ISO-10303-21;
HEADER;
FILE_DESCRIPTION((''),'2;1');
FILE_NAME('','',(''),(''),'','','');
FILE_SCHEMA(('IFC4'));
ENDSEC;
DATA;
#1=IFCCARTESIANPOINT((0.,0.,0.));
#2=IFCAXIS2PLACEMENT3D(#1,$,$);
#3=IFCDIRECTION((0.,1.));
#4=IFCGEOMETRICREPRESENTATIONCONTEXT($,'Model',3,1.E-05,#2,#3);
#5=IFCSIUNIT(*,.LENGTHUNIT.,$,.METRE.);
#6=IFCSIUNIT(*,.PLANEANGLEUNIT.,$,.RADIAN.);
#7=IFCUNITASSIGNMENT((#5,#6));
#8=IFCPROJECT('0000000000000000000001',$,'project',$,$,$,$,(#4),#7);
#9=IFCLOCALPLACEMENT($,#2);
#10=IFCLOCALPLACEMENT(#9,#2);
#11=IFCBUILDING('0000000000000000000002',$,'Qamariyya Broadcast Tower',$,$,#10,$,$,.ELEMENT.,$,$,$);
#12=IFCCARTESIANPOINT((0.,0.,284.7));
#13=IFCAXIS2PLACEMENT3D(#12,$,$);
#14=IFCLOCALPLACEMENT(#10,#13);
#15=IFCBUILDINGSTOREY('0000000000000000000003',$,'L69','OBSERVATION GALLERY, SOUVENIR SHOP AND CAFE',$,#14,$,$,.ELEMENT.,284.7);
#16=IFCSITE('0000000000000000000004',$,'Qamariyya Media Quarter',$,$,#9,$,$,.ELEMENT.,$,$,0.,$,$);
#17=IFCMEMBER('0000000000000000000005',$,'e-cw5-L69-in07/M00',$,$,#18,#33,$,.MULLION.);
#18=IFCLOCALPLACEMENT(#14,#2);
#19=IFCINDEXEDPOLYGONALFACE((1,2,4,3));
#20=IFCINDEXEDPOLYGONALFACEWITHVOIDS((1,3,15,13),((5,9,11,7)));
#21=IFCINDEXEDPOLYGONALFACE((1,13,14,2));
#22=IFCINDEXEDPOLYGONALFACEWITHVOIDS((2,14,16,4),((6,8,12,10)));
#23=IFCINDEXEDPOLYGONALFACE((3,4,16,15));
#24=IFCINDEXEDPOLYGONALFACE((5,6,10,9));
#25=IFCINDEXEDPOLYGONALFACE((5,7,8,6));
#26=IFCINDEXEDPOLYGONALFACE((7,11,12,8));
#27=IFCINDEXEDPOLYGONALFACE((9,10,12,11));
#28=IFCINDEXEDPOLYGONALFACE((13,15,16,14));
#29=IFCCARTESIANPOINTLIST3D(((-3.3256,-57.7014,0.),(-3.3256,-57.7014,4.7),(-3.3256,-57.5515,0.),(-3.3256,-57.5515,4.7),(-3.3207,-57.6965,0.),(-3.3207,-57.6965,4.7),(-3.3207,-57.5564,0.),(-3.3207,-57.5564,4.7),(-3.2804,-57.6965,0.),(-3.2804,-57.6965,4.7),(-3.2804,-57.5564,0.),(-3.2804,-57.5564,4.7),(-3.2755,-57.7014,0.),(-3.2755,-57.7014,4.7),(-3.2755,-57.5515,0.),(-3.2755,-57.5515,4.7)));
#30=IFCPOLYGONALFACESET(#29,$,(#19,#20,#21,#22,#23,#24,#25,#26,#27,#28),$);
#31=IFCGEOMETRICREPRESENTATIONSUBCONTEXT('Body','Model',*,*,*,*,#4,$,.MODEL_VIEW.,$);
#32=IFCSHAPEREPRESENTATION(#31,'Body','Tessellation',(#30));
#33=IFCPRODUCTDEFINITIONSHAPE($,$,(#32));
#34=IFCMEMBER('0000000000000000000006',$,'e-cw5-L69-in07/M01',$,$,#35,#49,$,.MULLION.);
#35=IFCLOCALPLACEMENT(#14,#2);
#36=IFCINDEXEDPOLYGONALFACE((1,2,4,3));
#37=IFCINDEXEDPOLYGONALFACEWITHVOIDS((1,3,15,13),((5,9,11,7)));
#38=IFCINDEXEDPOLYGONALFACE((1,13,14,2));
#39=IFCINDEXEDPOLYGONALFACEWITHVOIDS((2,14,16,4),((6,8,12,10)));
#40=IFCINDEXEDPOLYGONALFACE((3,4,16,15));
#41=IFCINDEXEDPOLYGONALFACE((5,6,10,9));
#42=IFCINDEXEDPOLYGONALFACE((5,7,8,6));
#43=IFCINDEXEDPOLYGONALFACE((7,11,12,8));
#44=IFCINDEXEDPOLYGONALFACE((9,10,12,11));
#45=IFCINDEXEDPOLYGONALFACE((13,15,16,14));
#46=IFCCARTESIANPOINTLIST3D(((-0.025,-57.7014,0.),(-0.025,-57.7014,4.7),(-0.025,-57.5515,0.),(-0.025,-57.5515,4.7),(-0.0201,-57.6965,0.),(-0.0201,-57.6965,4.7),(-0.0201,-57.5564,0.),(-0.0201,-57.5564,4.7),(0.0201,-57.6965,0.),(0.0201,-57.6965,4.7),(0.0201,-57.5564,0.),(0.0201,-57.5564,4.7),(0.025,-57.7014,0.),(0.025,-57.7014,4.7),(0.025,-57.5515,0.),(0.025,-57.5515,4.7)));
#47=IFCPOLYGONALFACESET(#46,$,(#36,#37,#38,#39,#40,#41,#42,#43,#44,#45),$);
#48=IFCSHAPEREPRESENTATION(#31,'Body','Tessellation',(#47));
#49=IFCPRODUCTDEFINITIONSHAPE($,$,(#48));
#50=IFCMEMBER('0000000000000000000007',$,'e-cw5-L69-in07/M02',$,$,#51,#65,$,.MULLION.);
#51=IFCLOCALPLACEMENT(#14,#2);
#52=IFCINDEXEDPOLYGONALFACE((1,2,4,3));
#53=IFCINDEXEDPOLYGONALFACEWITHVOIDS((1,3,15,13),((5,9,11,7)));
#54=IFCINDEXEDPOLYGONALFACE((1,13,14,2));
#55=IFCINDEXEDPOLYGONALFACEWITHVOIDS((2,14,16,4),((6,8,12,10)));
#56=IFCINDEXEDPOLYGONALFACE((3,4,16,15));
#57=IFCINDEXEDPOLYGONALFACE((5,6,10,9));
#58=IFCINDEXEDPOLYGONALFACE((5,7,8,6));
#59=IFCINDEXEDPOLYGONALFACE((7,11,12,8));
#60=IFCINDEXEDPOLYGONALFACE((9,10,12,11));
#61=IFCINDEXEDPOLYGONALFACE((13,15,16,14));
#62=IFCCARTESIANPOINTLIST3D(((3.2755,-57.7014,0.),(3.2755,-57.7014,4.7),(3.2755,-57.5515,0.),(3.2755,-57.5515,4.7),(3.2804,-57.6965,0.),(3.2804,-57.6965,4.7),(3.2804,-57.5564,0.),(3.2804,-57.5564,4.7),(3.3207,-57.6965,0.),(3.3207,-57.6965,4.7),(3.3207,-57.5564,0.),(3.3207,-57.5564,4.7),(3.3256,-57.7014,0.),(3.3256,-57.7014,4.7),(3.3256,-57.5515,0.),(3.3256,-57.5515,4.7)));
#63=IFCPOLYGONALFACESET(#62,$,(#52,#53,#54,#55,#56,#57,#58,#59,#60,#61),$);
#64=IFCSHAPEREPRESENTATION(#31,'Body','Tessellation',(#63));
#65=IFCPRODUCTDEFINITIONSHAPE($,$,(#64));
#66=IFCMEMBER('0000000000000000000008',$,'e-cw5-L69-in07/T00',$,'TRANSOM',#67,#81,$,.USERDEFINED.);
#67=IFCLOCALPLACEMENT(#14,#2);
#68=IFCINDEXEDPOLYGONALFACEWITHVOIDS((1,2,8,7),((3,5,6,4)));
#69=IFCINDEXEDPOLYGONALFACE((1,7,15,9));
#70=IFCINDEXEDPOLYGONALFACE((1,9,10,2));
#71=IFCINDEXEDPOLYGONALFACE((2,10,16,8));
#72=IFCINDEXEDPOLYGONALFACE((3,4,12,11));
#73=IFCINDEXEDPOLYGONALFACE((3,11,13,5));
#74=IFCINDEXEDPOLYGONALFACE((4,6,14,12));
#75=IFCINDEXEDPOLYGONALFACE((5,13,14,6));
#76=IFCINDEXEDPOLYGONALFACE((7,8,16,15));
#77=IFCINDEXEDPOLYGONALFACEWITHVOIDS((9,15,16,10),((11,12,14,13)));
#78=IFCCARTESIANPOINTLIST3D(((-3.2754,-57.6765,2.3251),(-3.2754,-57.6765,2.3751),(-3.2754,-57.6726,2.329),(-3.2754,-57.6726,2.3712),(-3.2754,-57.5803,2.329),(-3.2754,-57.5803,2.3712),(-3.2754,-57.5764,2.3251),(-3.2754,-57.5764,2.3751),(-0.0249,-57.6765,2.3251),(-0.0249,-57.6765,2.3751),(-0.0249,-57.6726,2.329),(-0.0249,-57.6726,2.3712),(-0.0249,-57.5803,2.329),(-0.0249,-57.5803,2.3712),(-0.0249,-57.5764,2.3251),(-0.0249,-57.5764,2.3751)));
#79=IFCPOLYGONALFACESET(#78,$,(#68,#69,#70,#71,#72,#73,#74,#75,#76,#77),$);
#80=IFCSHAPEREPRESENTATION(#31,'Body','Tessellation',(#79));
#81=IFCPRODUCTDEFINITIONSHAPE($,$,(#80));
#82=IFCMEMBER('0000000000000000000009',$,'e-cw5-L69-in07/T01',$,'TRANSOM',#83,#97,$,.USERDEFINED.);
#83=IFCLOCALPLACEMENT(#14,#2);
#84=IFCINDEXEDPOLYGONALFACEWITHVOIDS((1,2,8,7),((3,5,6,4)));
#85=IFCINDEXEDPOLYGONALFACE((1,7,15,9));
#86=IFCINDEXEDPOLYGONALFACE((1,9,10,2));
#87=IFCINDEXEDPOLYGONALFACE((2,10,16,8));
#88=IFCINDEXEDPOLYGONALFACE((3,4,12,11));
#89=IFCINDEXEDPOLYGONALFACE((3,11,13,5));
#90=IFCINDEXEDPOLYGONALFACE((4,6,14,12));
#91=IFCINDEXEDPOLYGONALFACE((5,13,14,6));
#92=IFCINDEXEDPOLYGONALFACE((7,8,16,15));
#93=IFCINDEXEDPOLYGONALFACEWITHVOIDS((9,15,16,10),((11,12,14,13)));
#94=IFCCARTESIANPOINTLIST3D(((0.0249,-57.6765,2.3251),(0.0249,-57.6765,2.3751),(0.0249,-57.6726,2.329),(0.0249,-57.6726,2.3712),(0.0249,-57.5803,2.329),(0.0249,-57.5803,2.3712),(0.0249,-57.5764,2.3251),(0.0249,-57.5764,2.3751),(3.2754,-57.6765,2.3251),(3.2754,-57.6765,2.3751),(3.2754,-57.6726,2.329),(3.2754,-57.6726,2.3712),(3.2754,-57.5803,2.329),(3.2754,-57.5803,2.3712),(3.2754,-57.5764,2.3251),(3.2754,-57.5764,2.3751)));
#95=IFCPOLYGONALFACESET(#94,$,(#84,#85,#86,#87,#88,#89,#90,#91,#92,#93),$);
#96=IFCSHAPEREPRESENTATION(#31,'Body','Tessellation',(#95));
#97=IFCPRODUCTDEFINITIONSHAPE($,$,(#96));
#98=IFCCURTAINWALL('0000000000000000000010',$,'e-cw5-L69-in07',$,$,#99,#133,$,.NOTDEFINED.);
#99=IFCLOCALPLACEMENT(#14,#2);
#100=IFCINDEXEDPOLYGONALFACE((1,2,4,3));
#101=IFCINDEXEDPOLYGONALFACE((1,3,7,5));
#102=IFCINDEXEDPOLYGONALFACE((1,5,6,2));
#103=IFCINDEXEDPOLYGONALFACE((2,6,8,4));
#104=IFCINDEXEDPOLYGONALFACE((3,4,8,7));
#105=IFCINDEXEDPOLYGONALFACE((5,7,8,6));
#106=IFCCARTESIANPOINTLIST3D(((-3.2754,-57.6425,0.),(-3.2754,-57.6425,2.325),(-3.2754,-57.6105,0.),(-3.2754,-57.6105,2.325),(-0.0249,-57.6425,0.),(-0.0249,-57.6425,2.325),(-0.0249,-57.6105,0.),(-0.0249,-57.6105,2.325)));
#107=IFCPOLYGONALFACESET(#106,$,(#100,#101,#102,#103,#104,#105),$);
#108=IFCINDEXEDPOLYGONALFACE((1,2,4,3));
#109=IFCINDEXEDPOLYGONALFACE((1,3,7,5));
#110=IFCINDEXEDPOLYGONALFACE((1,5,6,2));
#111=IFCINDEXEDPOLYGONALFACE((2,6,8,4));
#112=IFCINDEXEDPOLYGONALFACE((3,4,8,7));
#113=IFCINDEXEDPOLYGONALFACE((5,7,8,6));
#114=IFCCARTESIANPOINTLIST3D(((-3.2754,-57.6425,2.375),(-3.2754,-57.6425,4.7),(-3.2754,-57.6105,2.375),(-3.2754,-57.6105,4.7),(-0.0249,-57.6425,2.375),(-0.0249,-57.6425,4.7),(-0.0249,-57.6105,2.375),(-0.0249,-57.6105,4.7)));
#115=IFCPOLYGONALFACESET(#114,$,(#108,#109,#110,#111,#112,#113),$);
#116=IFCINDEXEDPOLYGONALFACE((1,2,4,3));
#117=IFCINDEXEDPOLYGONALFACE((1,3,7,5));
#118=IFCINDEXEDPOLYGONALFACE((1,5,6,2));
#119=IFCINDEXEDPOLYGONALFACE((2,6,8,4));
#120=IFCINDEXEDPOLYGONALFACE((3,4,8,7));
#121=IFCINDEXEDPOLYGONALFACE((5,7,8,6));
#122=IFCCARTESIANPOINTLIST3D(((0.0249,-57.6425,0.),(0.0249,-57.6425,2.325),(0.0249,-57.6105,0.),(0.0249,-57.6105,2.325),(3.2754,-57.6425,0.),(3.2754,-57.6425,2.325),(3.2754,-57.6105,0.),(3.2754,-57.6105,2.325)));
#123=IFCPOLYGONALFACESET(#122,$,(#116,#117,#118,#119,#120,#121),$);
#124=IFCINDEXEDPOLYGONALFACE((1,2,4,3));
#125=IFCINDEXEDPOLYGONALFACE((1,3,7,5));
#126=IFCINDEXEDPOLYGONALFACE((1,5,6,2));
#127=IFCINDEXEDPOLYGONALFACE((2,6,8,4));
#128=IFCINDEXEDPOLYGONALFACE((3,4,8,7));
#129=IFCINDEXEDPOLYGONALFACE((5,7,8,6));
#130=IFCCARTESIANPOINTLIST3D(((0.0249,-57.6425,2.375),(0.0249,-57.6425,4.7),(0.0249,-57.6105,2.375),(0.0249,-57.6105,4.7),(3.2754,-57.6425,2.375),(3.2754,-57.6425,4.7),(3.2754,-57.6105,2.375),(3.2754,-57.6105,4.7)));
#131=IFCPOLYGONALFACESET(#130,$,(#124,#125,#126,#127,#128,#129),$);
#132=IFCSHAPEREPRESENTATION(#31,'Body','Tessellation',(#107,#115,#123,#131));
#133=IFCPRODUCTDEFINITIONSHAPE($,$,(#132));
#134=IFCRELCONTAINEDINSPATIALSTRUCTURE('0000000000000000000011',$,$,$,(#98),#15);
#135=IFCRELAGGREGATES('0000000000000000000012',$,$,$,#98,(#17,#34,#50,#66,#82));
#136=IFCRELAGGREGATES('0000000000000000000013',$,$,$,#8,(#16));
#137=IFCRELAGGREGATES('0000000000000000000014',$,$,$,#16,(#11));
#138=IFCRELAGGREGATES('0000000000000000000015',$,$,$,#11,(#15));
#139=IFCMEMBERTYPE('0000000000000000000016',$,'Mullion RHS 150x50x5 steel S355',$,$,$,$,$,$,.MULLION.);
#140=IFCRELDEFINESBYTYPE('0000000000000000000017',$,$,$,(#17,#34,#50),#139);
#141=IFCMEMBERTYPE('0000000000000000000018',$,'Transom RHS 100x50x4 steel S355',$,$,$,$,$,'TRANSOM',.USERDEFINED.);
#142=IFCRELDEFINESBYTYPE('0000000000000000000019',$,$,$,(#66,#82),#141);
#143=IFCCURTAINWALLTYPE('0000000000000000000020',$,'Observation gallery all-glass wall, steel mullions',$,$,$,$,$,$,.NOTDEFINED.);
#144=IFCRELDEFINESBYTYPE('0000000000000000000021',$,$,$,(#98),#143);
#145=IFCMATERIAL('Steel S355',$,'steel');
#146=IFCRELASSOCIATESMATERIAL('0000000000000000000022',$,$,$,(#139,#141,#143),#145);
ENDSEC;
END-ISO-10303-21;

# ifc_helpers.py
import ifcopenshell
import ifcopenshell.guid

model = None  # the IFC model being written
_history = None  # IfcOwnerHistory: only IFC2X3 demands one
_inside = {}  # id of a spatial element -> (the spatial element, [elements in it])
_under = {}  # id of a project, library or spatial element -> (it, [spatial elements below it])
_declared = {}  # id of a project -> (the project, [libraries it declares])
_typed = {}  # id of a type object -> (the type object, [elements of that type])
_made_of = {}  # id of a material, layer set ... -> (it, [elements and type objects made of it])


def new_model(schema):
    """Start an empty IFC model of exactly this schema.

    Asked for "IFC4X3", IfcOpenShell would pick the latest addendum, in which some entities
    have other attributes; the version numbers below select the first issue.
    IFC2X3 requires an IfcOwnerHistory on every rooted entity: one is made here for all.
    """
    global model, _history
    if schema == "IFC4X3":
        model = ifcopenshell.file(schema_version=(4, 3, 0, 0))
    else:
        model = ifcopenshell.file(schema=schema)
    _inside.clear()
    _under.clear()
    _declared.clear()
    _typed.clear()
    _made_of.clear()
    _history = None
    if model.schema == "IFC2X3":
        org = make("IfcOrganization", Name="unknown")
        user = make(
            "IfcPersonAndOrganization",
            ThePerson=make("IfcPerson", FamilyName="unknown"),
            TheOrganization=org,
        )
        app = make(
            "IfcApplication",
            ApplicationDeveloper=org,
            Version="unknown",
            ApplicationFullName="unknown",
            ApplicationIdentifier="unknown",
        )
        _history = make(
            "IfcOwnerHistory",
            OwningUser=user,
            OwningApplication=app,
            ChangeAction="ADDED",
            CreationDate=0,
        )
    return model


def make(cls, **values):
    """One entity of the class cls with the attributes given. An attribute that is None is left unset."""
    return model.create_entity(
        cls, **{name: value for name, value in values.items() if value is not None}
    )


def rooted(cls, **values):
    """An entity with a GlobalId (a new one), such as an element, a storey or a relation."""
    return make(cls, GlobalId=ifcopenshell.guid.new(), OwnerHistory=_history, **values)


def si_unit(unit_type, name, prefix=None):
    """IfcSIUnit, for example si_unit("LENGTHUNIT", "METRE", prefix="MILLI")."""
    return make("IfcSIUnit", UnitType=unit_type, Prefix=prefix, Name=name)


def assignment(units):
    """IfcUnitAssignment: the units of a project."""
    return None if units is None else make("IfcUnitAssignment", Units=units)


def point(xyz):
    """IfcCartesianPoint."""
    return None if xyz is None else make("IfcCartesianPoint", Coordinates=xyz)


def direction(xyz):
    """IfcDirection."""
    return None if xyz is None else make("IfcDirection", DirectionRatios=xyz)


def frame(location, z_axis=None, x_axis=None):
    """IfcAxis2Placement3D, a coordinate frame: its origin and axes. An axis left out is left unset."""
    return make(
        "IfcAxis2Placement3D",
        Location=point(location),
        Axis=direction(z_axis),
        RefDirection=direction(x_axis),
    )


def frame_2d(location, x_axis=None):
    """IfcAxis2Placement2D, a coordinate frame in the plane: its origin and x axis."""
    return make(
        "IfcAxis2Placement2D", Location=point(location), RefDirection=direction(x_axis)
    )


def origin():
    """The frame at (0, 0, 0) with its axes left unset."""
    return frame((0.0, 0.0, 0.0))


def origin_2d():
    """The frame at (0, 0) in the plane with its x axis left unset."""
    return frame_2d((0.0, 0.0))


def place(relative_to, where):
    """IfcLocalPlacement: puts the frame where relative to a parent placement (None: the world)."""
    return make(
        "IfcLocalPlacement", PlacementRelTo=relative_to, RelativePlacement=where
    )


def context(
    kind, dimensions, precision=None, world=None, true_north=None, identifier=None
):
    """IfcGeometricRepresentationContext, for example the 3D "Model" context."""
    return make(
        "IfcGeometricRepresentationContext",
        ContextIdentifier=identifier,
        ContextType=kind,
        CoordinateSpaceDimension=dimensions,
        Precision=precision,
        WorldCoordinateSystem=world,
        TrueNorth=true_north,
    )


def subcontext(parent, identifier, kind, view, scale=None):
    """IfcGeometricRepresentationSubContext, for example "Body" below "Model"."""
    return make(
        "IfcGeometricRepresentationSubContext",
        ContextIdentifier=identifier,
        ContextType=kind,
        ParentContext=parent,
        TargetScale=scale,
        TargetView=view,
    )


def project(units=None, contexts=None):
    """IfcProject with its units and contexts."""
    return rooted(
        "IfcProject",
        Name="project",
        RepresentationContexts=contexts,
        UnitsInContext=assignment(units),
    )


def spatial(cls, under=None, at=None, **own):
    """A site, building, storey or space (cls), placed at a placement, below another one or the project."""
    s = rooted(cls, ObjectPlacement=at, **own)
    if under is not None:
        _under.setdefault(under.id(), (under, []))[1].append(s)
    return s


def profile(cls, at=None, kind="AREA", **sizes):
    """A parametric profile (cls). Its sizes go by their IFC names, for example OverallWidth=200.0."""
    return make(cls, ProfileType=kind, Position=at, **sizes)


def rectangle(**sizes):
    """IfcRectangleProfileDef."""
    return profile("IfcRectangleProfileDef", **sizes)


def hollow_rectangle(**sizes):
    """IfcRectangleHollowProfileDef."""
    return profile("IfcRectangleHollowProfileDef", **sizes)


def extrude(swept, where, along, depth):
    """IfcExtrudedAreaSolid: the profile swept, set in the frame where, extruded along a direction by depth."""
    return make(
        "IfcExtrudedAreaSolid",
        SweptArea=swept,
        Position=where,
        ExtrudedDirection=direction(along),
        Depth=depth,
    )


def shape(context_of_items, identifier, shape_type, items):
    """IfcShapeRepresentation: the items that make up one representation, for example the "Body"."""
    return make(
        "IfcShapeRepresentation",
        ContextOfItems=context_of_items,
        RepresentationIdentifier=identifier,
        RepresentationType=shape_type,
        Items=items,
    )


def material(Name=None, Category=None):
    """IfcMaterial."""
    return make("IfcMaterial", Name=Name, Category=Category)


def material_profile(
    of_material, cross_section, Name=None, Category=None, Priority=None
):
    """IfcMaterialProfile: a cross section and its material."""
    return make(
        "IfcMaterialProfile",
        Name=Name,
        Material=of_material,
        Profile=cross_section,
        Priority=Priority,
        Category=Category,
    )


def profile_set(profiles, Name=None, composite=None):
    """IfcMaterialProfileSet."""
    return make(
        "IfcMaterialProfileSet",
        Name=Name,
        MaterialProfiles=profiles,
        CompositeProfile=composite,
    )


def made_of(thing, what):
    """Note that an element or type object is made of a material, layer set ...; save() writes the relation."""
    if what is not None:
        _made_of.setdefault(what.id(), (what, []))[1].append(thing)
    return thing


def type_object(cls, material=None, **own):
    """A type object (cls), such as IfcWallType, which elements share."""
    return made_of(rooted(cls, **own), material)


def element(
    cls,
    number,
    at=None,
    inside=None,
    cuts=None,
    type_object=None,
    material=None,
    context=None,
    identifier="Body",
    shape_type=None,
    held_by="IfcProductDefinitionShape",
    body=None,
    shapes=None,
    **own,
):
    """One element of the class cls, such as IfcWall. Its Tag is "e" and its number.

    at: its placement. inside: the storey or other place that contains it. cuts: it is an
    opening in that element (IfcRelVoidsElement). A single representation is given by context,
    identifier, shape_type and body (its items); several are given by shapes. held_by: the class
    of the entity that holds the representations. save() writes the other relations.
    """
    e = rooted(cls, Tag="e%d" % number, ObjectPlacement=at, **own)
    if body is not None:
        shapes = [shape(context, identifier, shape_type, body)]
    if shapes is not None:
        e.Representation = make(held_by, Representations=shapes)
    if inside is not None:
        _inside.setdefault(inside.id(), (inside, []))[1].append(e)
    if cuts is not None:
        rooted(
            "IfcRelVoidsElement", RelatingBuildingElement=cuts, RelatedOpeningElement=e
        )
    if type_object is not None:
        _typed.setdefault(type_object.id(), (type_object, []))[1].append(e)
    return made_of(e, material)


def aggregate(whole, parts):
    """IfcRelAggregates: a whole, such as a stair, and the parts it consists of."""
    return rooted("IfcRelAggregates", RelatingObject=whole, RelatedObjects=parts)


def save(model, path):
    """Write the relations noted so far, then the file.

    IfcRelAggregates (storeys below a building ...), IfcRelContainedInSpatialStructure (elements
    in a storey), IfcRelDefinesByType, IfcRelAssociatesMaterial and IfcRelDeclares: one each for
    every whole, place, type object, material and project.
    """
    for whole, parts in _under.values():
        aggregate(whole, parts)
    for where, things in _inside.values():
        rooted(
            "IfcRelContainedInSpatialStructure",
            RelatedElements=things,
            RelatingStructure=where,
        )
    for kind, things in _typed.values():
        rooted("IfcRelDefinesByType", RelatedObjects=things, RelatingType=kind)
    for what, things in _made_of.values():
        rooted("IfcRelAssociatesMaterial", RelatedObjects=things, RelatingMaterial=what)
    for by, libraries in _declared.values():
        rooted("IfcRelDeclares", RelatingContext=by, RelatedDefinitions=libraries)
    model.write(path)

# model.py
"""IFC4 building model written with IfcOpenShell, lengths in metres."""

from ifc_helpers import new_model, si_unit, direction, frame, origin, origin_2d, place, context, subcontext, project, spatial, rectangle, hollow_rectangle, extrude, material, material_profile, profile_set, type_object, element, aggregate, save


model = new_model("IFC4")

# Units and contexts
model_context = context("Model", 3, precision=1e-05, world=origin(), true_north=direction((0.0, 1.0)))
body_context = subcontext(model_context, "Body", "Model", "MODEL_VIEW")
ifc_project = project(units=[si_unit("LENGTHUNIT", "METRE"), si_unit("PLANEANGLEUNIT", "RADIAN")], contexts=[model_context])

# Members
ifc_material = material(Name="Steel S355", Category="steel")
ifc_material_profile_1 = material_profile(ifc_material, hollow_rectangle(XDim=0.1499, YDim=0.05, WallThickness=0.0049, at=origin_2d()))
ifc_profile_set_1 = profile_set([ifc_material_profile_1], Name="Steel S355")
member_type_1 = type_object("IfcMemberType", Name="Mullion RHS 150x50x5 steel S355", PredefinedType="MULLION", material=ifc_profile_set_1)
site_placement = place(None, origin())
building_placement = place(site_placement, origin())
storey_placement = place(building_placement, frame((0.0, 0.0, 284.7)))
member_1_placement = place(storey_placement, frame((-3.3005, -57.6265, 0.0), z_axis=(0.0, 0.0, 1.0), x_axis=(0.0, 1.0, 0.0)))
member_1 = element("IfcMember", 1, at=member_1_placement, type_object=member_type_1, Name="e-cw5-L69-in07/M00", PredefinedType="MULLION", context=body_context, shape_type="SweptSolid", body=[
    extrude(hollow_rectangle(XDim=0.1499, YDim=0.05, WallThickness=0.0049, at=origin_2d()), origin(), (0.0, 0.0, 1.0), 4.7),
])
member_2_placement = place(storey_placement, frame((0.0, -57.6265, 0.0), z_axis=(0.0, 0.0, 1.0), x_axis=(0.0, 1.0, 0.0)))
member_2 = element("IfcMember", 2, at=member_2_placement, type_object=member_type_1, Name="e-cw5-L69-in07/M01", PredefinedType="MULLION", context=body_context, shape_type="SweptSolid", body=[
    extrude(hollow_rectangle(XDim=0.1499, YDim=0.05, WallThickness=0.0049, at=origin_2d()), origin(), (0.0, 0.0, 1.0), 4.7),
])
member_3_placement = place(storey_placement, frame((3.3005, -57.6265, 0.0), z_axis=(0.0, 0.0, 1.0), x_axis=(0.0, 1.0, 0.0)))
member_3 = element("IfcMember", 3, at=member_3_placement, type_object=member_type_1, Name="e-cw5-L69-in07/M02", PredefinedType="MULLION", context=body_context, shape_type="SweptSolid", body=[
    extrude(hollow_rectangle(XDim=0.1499, YDim=0.05, WallThickness=0.0049, at=origin_2d()), origin(), (0.0, 0.0, 1.0), 4.7),
])
ifc_material_profile_2 = material_profile(ifc_material, hollow_rectangle(XDim=0.1001, YDim=0.05, WallThickness=0.0039, at=origin_2d()))
ifc_profile_set_2 = profile_set([ifc_material_profile_2], Name="Steel S355")
member_type_2 = type_object("IfcMemberType", Name="Transom RHS 100x50x4 steel S355", ElementType="TRANSOM", PredefinedType="USERDEFINED", material=ifc_profile_set_2)
member_4_placement = place(storey_placement, frame((-3.2754, -57.6265, 2.3501), z_axis=(1.0, 0.0, 0.0), x_axis=(0.0, 1.0, 0.0)))
member_4 = element("IfcMember", 4, at=member_4_placement, type_object=member_type_2, Name="e-cw5-L69-in07/T00", ObjectType="TRANSOM", PredefinedType="USERDEFINED", context=body_context, shape_type="SweptSolid", body=[
    extrude(hollow_rectangle(XDim=0.1001, YDim=0.05, WallThickness=0.0039, at=origin_2d()), origin(), (0.0, 0.0, 1.0), 3.2505),
])
member_5_placement = place(storey_placement, frame((0.0249, -57.6265, 2.3501), z_axis=(1.0, 0.0, 0.0), x_axis=(0.0, 1.0, 0.0)))
member_5 = element("IfcMember", 5, at=member_5_placement, type_object=member_type_2, Name="e-cw5-L69-in07/T01", ObjectType="TRANSOM", PredefinedType="USERDEFINED", context=body_context, shape_type="SweptSolid", body=[
    extrude(hollow_rectangle(XDim=0.1001, YDim=0.05, WallThickness=0.0039, at=origin_2d()), origin(), (0.0, 0.0, 1.0), 3.2505),
])

# Site, building, storey
site = spatial("IfcSite", under=ifc_project, at=site_placement, Name="Qamariyya Media Quarter", CompositionType="ELEMENT", RefElevation=0.0)
building = spatial("IfcBuilding", under=site, at=building_placement, Name="Qamariyya Broadcast Tower", CompositionType="ELEMENT")
storey = spatial("IfcBuildingStorey", under=building, at=storey_placement, Name="L69", Description="OBSERVATION GALLERY, SOUVENIR SHOP AND CAFE", CompositionType="ELEMENT", Elevation=284.7)

# Curtain wall
curtain_wall_type = type_object("IfcCurtainWallType", Name="Observation gallery all-glass wall, steel mullions", PredefinedType="NOTDEFINED", material=ifc_material)
curtain_wall_1_placement = place(storey_placement, origin())
curtain_wall_1 = element("IfcCurtainWall", 6, at=curtain_wall_1_placement, inside=storey, type_object=curtain_wall_type, Name="e-cw5-L69-in07", PredefinedType="NOTDEFINED", context=body_context, shape_type="SweptSolid", body=[
    extrude(rectangle(XDim=3.2505, YDim=0.032, at=origin_2d()), frame((-1.6501, -57.6265, 0.0), x_axis=(1.0, 0.0, 0.0)), (0.0, 0.0, 1.0), 2.325),
    extrude(rectangle(XDim=3.2505, YDim=0.032, at=origin_2d()), frame((-1.6501, -57.6265, 2.375), x_axis=(1.0, 0.0, 0.0)), (0.0, 0.0, 1.0), 2.325),
    extrude(rectangle(XDim=3.2505, YDim=0.032, at=origin_2d()), frame((1.6501, -57.6265, 0.0), x_axis=(1.0, 0.0, 0.0)), (0.0, 0.0, 1.0), 2.325),
    extrude(rectangle(XDim=3.2505, YDim=0.032, at=origin_2d()), frame((1.6501, -57.6265, 2.375), x_axis=(1.0, 0.0, 0.0)), (0.0, 0.0, 1.0), 2.325),
])
aggregate(curtain_wall_1, [member_1, member_2, member_3, member_4, member_5])

save(model, "model.ifc")
